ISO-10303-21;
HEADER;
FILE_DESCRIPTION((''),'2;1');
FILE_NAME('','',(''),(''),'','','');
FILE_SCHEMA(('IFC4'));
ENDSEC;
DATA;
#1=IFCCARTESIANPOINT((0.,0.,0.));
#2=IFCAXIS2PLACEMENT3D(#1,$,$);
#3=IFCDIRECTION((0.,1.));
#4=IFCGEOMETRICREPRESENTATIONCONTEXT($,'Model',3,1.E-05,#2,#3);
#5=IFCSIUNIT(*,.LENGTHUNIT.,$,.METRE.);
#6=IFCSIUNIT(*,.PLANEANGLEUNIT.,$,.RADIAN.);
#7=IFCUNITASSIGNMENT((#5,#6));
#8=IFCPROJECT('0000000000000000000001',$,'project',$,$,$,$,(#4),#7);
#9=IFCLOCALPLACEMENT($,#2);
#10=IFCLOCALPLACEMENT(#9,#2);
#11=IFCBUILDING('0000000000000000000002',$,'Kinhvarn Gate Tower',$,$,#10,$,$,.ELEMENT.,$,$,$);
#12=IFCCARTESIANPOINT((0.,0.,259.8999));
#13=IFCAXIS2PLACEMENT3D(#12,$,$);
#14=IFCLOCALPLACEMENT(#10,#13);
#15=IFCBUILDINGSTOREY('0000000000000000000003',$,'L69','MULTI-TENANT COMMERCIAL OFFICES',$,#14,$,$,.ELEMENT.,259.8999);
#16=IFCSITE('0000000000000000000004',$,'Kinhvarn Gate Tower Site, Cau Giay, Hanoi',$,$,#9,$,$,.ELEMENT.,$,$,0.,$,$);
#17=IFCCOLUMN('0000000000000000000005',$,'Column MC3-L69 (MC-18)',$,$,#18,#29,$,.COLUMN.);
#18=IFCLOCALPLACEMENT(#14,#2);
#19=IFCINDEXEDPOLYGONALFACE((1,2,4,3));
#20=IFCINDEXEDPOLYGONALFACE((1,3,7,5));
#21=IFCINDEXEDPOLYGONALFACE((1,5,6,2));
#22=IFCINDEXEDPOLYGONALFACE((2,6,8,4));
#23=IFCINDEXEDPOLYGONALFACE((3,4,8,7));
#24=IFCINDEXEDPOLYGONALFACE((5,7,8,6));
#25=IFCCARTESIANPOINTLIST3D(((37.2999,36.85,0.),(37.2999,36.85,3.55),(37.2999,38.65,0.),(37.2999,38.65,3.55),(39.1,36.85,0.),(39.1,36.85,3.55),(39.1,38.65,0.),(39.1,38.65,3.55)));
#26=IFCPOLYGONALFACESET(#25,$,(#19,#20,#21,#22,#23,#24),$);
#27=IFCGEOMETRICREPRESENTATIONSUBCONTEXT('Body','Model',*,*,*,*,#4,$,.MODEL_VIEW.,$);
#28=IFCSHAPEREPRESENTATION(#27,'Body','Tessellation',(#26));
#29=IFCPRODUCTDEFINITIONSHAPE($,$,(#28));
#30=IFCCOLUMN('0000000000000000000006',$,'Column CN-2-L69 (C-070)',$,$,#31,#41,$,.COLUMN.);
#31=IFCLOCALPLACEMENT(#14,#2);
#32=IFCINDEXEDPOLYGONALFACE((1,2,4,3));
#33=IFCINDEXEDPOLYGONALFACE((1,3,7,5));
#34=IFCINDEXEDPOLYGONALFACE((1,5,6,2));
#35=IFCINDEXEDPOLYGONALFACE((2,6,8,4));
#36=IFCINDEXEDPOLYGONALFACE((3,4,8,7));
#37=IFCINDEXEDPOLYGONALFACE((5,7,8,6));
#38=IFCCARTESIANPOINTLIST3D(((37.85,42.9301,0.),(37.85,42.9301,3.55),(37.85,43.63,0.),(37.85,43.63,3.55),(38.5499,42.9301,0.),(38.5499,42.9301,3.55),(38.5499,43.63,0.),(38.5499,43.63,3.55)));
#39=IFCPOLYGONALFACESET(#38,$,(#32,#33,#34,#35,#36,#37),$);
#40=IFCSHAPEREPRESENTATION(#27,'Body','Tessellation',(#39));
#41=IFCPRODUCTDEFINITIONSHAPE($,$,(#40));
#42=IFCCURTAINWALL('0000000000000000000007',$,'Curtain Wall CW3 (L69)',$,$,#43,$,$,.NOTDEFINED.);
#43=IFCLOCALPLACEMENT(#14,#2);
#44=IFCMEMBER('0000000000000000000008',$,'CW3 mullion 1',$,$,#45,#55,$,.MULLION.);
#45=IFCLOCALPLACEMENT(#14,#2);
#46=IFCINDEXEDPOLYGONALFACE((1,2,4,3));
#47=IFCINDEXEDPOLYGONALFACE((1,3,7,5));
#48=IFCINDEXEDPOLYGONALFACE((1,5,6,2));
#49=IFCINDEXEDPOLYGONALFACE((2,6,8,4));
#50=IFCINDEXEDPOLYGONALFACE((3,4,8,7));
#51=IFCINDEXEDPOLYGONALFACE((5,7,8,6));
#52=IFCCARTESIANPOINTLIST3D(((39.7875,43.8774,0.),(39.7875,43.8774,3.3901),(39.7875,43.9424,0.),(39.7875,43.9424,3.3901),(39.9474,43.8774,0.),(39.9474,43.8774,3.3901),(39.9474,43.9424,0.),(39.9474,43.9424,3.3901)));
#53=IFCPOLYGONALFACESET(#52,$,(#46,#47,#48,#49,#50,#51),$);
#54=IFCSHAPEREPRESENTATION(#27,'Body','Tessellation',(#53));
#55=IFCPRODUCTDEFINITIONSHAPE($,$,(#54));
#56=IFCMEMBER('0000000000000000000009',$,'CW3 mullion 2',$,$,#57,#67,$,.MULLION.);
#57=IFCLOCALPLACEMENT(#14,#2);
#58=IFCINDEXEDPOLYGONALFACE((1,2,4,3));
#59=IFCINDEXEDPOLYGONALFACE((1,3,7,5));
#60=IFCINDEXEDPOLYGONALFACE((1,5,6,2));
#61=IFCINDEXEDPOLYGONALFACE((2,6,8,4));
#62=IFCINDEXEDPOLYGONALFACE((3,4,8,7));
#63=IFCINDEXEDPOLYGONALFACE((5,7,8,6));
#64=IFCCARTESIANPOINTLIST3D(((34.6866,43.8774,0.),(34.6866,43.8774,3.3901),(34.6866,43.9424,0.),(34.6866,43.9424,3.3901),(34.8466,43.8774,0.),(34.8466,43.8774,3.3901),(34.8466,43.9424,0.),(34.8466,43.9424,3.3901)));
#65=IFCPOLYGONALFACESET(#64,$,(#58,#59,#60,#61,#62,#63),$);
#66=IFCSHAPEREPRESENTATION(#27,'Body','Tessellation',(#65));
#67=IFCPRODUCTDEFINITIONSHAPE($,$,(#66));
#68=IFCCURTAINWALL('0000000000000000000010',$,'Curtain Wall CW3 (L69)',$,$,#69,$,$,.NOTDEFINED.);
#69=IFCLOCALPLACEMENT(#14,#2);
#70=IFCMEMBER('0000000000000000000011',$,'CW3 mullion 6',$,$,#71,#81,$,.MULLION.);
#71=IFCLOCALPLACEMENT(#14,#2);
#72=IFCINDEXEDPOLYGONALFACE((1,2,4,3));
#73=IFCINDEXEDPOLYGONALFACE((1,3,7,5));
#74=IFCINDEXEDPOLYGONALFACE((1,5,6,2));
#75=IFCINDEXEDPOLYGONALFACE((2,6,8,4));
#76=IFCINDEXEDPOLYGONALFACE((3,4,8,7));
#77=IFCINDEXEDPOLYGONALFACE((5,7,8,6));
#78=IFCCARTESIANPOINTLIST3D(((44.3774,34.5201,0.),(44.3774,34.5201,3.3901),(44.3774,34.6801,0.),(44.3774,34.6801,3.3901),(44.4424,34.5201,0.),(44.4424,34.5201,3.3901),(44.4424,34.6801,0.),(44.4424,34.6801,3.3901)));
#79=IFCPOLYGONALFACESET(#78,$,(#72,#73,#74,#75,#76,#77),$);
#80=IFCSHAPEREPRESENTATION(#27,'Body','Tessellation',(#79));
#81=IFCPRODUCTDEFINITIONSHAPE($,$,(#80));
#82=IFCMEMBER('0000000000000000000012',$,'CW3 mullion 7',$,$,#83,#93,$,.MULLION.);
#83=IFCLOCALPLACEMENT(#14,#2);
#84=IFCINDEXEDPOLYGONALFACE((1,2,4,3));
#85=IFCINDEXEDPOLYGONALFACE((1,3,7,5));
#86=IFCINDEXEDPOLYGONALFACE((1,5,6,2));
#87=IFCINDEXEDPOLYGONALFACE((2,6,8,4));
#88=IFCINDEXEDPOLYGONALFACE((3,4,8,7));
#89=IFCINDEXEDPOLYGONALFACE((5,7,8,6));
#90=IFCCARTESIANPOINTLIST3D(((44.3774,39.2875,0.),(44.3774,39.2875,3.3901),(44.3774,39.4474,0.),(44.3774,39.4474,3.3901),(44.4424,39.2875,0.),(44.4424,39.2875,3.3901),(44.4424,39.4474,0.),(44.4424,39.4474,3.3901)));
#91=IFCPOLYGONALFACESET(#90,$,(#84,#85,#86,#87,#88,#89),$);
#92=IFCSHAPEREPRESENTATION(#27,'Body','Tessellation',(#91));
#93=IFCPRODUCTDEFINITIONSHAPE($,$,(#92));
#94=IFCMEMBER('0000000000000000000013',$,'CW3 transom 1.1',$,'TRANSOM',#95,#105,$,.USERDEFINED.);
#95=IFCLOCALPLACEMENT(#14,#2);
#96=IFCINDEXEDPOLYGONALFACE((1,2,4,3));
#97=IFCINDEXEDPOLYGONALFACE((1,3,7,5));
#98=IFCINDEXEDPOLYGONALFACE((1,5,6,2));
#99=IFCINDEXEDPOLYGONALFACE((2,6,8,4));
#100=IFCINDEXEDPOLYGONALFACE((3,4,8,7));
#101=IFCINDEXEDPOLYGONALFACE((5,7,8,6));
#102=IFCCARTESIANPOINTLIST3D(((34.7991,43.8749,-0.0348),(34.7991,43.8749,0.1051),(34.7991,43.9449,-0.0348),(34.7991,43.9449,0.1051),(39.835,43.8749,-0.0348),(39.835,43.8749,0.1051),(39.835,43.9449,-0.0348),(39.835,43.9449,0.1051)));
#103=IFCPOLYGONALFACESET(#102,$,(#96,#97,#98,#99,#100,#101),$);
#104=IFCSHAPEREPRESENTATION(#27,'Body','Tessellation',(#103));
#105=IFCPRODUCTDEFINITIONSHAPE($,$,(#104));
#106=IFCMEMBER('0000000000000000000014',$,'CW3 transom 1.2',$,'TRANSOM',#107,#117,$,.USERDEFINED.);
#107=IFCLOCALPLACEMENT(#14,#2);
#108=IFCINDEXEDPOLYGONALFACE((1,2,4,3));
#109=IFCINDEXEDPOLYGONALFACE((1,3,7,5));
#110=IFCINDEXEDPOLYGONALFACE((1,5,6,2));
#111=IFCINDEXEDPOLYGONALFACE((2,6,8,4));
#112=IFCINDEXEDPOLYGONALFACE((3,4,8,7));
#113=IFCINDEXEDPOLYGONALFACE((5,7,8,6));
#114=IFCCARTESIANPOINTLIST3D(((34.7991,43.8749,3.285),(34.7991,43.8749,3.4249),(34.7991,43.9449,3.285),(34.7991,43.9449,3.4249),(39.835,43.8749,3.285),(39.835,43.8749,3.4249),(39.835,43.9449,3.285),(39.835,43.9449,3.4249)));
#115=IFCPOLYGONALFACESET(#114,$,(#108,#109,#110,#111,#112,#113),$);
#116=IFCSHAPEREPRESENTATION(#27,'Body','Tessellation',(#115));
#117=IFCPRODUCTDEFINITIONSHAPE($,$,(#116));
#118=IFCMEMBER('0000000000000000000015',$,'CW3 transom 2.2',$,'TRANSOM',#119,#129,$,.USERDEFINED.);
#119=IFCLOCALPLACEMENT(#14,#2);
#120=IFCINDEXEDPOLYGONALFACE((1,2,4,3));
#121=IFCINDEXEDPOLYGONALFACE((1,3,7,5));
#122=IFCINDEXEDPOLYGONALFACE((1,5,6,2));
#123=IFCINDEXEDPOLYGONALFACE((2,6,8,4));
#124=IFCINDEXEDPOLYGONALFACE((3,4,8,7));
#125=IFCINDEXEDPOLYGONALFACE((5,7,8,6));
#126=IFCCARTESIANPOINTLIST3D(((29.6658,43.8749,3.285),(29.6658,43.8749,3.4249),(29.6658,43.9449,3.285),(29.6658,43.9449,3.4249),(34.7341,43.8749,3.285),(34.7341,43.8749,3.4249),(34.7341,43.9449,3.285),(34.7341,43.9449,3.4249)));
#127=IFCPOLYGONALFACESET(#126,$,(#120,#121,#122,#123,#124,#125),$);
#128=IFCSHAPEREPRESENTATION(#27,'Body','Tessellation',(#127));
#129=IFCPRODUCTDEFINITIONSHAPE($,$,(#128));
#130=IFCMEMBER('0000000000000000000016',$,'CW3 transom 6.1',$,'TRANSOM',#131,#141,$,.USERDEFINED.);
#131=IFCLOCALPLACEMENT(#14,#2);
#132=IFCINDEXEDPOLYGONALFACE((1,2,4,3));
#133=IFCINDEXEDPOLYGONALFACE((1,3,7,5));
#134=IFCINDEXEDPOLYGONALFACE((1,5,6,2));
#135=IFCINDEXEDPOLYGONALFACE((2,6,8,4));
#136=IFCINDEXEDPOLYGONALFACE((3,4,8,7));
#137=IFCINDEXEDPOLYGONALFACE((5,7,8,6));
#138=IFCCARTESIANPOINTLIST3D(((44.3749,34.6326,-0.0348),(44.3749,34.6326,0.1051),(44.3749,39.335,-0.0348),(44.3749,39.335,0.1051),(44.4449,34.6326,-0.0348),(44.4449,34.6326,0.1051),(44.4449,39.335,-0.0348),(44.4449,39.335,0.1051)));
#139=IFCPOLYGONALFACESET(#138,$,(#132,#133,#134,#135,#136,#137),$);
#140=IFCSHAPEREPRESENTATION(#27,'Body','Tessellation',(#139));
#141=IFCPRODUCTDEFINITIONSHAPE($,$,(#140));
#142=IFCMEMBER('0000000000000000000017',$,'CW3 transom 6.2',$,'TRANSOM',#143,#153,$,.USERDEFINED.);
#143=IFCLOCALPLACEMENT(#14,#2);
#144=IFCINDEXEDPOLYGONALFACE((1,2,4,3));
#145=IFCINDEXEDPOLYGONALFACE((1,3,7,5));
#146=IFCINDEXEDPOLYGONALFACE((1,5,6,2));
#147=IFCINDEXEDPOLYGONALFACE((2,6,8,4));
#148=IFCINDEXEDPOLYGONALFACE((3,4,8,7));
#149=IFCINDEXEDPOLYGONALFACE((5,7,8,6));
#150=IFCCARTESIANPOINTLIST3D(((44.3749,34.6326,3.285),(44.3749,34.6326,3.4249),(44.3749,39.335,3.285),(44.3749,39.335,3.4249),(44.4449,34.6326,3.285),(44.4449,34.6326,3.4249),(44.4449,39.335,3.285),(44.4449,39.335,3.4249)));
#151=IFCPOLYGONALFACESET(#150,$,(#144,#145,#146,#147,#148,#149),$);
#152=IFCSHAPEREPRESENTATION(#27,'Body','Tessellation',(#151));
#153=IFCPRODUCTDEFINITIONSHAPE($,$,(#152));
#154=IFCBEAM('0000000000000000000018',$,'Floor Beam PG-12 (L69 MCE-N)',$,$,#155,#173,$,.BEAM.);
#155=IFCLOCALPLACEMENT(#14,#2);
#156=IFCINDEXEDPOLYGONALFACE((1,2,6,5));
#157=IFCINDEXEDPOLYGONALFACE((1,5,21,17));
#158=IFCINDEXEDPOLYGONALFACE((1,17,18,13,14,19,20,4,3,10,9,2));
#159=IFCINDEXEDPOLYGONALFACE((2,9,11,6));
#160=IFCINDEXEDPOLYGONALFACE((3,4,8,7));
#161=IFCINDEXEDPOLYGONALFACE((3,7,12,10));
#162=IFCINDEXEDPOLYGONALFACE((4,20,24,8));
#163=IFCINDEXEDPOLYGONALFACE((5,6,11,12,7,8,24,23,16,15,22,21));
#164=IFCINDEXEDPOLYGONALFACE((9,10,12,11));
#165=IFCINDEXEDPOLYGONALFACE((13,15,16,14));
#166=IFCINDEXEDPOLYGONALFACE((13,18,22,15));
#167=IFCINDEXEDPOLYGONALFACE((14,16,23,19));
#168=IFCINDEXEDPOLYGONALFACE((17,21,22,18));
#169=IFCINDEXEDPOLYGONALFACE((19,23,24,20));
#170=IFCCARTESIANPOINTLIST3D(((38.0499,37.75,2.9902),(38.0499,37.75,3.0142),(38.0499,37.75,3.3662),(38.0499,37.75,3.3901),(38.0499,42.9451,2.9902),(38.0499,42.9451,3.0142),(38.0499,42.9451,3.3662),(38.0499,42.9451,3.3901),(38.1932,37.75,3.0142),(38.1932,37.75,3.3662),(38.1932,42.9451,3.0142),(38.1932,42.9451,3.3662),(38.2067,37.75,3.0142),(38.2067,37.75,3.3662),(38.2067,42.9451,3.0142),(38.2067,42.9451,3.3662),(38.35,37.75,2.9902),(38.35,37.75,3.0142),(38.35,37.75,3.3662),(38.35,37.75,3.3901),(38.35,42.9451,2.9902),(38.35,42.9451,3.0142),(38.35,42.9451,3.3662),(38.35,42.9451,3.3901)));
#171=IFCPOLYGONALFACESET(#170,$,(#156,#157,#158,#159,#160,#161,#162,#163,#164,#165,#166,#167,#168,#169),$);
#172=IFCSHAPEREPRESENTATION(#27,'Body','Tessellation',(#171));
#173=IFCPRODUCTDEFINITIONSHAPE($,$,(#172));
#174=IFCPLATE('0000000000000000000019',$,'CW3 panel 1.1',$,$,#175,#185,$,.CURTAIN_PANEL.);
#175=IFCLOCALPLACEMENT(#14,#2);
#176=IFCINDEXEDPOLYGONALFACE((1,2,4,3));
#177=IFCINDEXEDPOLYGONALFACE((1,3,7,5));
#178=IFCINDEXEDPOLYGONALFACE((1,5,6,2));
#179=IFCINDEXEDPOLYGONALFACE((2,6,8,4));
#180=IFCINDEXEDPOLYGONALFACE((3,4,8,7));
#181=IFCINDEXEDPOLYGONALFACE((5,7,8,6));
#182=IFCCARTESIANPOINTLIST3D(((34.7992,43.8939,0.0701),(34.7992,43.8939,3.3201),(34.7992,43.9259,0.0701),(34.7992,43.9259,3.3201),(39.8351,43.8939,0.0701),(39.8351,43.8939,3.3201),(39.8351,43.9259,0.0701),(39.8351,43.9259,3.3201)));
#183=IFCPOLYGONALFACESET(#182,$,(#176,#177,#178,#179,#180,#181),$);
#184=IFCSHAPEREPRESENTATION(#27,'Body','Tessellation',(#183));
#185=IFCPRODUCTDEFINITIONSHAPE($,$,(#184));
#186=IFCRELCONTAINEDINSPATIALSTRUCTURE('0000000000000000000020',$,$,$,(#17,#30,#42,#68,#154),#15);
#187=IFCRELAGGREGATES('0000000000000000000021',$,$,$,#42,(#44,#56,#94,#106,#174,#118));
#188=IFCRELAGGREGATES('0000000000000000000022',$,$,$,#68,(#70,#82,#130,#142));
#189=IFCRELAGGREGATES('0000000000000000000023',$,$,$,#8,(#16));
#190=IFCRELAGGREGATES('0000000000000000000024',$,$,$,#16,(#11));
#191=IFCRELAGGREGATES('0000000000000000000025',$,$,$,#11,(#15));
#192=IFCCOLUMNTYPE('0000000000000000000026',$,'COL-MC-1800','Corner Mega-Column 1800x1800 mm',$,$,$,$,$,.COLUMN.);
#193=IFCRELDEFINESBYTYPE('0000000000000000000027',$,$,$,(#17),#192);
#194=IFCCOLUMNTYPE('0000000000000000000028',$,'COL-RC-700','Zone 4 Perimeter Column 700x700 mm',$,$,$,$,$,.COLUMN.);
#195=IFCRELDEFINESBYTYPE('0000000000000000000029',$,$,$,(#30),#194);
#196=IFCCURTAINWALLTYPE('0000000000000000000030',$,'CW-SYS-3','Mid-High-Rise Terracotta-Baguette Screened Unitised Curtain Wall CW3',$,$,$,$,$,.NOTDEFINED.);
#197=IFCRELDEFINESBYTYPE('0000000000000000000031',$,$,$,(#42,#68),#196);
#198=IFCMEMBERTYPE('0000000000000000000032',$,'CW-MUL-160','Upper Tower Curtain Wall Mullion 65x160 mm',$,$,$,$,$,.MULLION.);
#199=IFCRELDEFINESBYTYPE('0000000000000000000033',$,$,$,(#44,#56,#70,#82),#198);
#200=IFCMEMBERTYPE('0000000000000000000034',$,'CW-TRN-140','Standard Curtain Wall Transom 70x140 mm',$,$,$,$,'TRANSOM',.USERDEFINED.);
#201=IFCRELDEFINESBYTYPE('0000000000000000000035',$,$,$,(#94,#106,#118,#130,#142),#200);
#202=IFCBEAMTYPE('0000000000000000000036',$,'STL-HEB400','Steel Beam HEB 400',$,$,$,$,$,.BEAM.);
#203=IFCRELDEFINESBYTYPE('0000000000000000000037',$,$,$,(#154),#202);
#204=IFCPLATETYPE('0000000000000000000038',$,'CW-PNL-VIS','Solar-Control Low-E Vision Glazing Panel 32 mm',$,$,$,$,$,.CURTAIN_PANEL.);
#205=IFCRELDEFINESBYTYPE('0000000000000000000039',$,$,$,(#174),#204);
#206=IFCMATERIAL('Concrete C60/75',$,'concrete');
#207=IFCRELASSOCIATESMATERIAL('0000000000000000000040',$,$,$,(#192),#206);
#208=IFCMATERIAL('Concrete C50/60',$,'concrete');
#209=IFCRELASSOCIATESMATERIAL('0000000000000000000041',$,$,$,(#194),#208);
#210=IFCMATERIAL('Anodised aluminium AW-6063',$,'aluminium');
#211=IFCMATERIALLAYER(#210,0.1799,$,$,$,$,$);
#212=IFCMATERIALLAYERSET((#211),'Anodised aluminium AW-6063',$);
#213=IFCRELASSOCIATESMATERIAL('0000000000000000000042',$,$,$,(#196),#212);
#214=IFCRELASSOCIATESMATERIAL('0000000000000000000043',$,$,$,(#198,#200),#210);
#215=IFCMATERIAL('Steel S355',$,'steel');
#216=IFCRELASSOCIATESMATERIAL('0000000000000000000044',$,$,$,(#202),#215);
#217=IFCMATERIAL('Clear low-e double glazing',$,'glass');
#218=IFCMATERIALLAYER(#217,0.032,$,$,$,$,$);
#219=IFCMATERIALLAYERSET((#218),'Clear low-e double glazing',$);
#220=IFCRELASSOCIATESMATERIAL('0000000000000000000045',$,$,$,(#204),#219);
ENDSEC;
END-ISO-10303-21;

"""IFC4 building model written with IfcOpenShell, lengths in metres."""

from ifc_helpers import new_model, si_unit, direction, frame, origin, origin_2d, place, context, subcontext, project, spatial, rectangle, i_section, extrude, material, layer, layer_set, material_profile, profile_set, type_object, element, aggregate, save


model = new_model("IFC4")

# Units and contexts
model_context = context("Model", 3, precision=1e-05, world=origin(), true_north=direction((0.0, 1.0)))
body_context = subcontext(model_context, "Body", "Model", "MODEL_VIEW")
ifc_project = project(units=[si_unit("LENGTHUNIT", "METRE"), si_unit("PLANEANGLEUNIT", "RADIAN")], contexts=[model_context])

# Site, building, storey
site_placement = place(None, origin())
site = spatial("IfcSite", under=ifc_project, at=site_placement, Name="Kinhvarn Gate Tower Site, Cau Giay, Hanoi", CompositionType="ELEMENT", RefElevation=0.0)
building_placement = place(site_placement, origin())
building = spatial("IfcBuilding", under=site, at=building_placement, Name="Kinhvarn Gate Tower", CompositionType="ELEMENT")
storey_placement = place(building_placement, frame((0.0, 0.0, 259.8999)))
storey = spatial("IfcBuildingStorey", under=building, at=storey_placement, Name="L69", Description="MULTI-TENANT COMMERCIAL OFFICES", CompositionType="ELEMENT", Elevation=259.8999)

# Columns
ifc_material_1 = material(Name="Concrete C60/75", Category="concrete")
ifc_material_profile_1 = material_profile(ifc_material_1, rectangle(XDim=1.8, YDim=1.8, at=origin_2d()), Name="RC 1800x1800")
ifc_profile_set_1 = profile_set([ifc_material_profile_1], Name="Concrete C60/75")
column_type_1 = type_object("IfcColumnType", Name="COL-MC-1800", Description="Corner Mega-Column 1800x1800 mm", PredefinedType="COLUMN", material=ifc_profile_set_1)
column_1_placement = place(storey_placement, frame((38.2, 37.75, 0.0), z_axis=(0.0, 0.0, 1.0), x_axis=(1.0, 0.0, 0.0)))
element("IfcColumn", 1, at=column_1_placement, inside=storey, type_object=column_type_1, Name="Column MC3-L69 (MC-18)", PredefinedType="COLUMN", context=body_context, shape_type="SweptSolid", body=[
    extrude(rectangle(XDim=1.8, YDim=1.8, at=origin_2d()), origin(), (0.0, 0.0, 1.0), 3.55),
])
ifc_material_2 = material(Name="Concrete C50/60", Category="concrete")
ifc_material_profile_2 = material_profile(ifc_material_2, rectangle(XDim=0.7, YDim=0.7, at=origin_2d()), Name="RC 700x700")
ifc_profile_set_2 = profile_set([ifc_material_profile_2], Name="Concrete C50/60")
column_type_2 = type_object("IfcColumnType", Name="COL-RC-700", Description="Zone 4 Perimeter Column 700x700 mm", PredefinedType="COLUMN", material=ifc_profile_set_2)
column_2_placement = place(storey_placement, frame((38.2, 43.28, 0.0), z_axis=(0.0, 0.0, 1.0), x_axis=(1.0, 0.0, 0.0)))
element("IfcColumn", 2, at=column_2_placement, inside=storey, type_object=column_type_2, Name="Column CN-2-L69 (C-070)", PredefinedType="COLUMN", context=body_context, shape_type="SweptSolid", body=[
    extrude(rectangle(XDim=0.7, YDim=0.7, at=origin_2d()), origin(), (0.0, 0.0, 1.0), 3.55),
])

# Curtain walls, members
ifc_material_3 = material(Name="Anodised aluminium AW-6063", Category="aluminium")
ifc_layer_1 = layer(ifc_material_3, 0.1799)
ifc_layer_set_1 = layer_set([ifc_layer_1], Name="Anodised aluminium AW-6063")
curtain_wall_type = type_object("IfcCurtainWallType", Name="CW-SYS-3", Description="Mid-High-Rise Terracotta-Baguette Screened Unitised Curtain Wall CW3", PredefinedType="NOTDEFINED", material=ifc_layer_set_1)
curtain_wall_1_placement = place(storey_placement, origin())
curtain_wall_1 = element("IfcCurtainWall", 3, at=curtain_wall_1_placement, inside=storey, type_object=curtain_wall_type, Name="Curtain Wall CW3 (L69)", PredefinedType="NOTDEFINED")
ifc_material_profile_3 = material_profile(ifc_material_3, rectangle(XDim=0.0649, YDim=0.1599, at=origin_2d()), Name="ALU 65x160")
ifc_profile_set_3 = profile_set([ifc_material_profile_3], Name="Anodised aluminium AW-6063")
member_type_1 = type_object("IfcMemberType", Name="CW-MUL-160", Description="Upper Tower Curtain Wall Mullion 65x160 mm", PredefinedType="MULLION", material=ifc_profile_set_3)
member_1_placement = place(storey_placement, frame((39.8674, 43.9099, 0.0), z_axis=(0.0, 0.0, 1.0), x_axis=(0.0, -1.0, 0.0)))
member_1 = element("IfcMember", 4, at=member_1_placement, type_object=member_type_1, Name="CW3 mullion 1", PredefinedType="MULLION", context=body_context, shape_type="SweptSolid", body=[
    extrude(rectangle(XDim=0.0649, YDim=0.1599, at=origin_2d()), origin(), (0.0, 0.0, 1.0), 3.3901),
])
member_2_placement = place(storey_placement, frame((34.7666, 43.9099, 0.0), z_axis=(0.0, 0.0, 1.0), x_axis=(0.0, -1.0, 0.0)))
member_2 = element("IfcMember", 5, at=member_2_placement, type_object=member_type_1, Name="CW3 mullion 2", PredefinedType="MULLION", context=body_context, shape_type="SweptSolid", body=[
    extrude(rectangle(XDim=0.0649, YDim=0.1599, at=origin_2d()), origin(), (0.0, 0.0, 1.0), 3.3901),
])
curtain_wall_2_placement = place(storey_placement, origin())
curtain_wall_2 = element("IfcCurtainWall", 6, at=curtain_wall_2_placement, inside=storey, type_object=curtain_wall_type, Name="Curtain Wall CW3 (L69)", PredefinedType="NOTDEFINED")
member_3_placement = place(storey_placement, frame((44.4099, 34.6001, 0.0), z_axis=(0.0, 0.0, 1.0), x_axis=(-1.0, 0.0, 0.0)))
member_3 = element("IfcMember", 7, at=member_3_placement, type_object=member_type_1, Name="CW3 mullion 6", PredefinedType="MULLION", context=body_context, shape_type="SweptSolid", body=[
    extrude(rectangle(XDim=0.0649, YDim=0.1599, at=origin_2d()), origin(), (0.0, 0.0, 1.0), 3.3901),
])
member_4_placement = place(storey_placement, frame((44.4099, 39.3674, 0.0), z_axis=(0.0, 0.0, 1.0), x_axis=(-1.0, 0.0, 0.0)))
member_4 = element("IfcMember", 8, at=member_4_placement, type_object=member_type_1, Name="CW3 mullion 7", PredefinedType="MULLION", context=body_context, shape_type="SweptSolid", body=[
    extrude(rectangle(XDim=0.0649, YDim=0.1599, at=origin_2d()), origin(), (0.0, 0.0, 1.0), 3.3901),
])

# Members
ifc_material_profile_4 = material_profile(ifc_material_3, rectangle(XDim=0.0701, YDim=0.1399, at=origin_2d()), Name="ALU 70x140")
ifc_profile_set_4 = profile_set([ifc_material_profile_4], Name="Anodised aluminium AW-6063")
member_type_2 = type_object("IfcMemberType", Name="CW-TRN-140", Description="Standard Curtain Wall Transom 70x140 mm", ElementType="TRANSOM", PredefinedType="USERDEFINED", material=ifc_profile_set_4)
member_5_placement = place(storey_placement, frame((39.835, 43.9099, 0.0352), z_axis=(-1.0, 0.0, 0.0), x_axis=(0.0, -1.0, 0.0)))
member_5 = element("IfcMember", 9, at=member_5_placement, type_object=member_type_2, Name="CW3 transom 1.1", ObjectType="TRANSOM", PredefinedType="USERDEFINED", context=body_context, shape_type="SweptSolid", body=[
    extrude(rectangle(XDim=0.0701, YDim=0.1399, at=origin_2d()), origin(), (0.0, 0.0, 1.0), 5.0359),
])
member_6_placement = place(storey_placement, frame((39.835, 43.9099, 3.355), z_axis=(-1.0, 0.0, 0.0), x_axis=(0.0, -1.0, 0.0)))
member_6 = element("IfcMember", 10, at=member_6_placement, type_object=member_type_2, Name="CW3 transom 1.2", ObjectType="TRANSOM", PredefinedType="USERDEFINED", context=body_context, shape_type="SweptSolid", body=[
    extrude(rectangle(XDim=0.0701, YDim=0.1399, at=origin_2d()), origin(), (0.0, 0.0, 1.0), 5.0359),
])
member_7_placement = place(storey_placement, frame((34.7341, 43.9099, 3.355), z_axis=(-1.0, 0.0, 0.0), x_axis=(0.0, -1.0, 0.0)))
member_7 = element("IfcMember", 11, at=member_7_placement, type_object=member_type_2, Name="CW3 transom 2.2", ObjectType="TRANSOM", PredefinedType="USERDEFINED", context=body_context, shape_type="SweptSolid", body=[
    extrude(rectangle(XDim=0.0701, YDim=0.1399, at=origin_2d()), origin(), (0.0, 0.0, 1.0), 5.0684),
])
member_8_placement = place(storey_placement, frame((44.4099, 34.6326, 0.0352), z_axis=(0.0, 1.0, 0.0), x_axis=(-1.0, 0.0, 0.0)))
member_8 = element("IfcMember", 12, at=member_8_placement, type_object=member_type_2, Name="CW3 transom 6.1", ObjectType="TRANSOM", PredefinedType="USERDEFINED", context=body_context, shape_type="SweptSolid", body=[
    extrude(rectangle(XDim=0.0701, YDim=0.1399, at=origin_2d()), origin(), (0.0, 0.0, 1.0), 4.7024),
])
member_9_placement = place(storey_placement, frame((44.4099, 34.6326, 3.355), z_axis=(0.0, 1.0, 0.0), x_axis=(-1.0, 0.0, 0.0)))
member_9 = element("IfcMember", 13, at=member_9_placement, type_object=member_type_2, Name="CW3 transom 6.2", ObjectType="TRANSOM", PredefinedType="USERDEFINED", context=body_context, shape_type="SweptSolid", body=[
    extrude(rectangle(XDim=0.0701, YDim=0.1399, at=origin_2d()), origin(), (0.0, 0.0, 1.0), 4.7024),
])

# Beam
ifc_material_4 = material(Name="Steel S355", Category="steel")
ifc_material_profile_5 = material_profile(ifc_material_4, i_section(OverallWidth=0.3, OverallDepth=0.3999, WebThickness=0.0134, FlangeThickness=0.0239, at=origin_2d()), Name="HEB 400")
ifc_profile_set_5 = profile_set([ifc_material_profile_5], Name="Steel S355")
beam_type = type_object("IfcBeamType", Name="STL-HEB400", Description="Steel Beam HEB 400", PredefinedType="BEAM", material=ifc_profile_set_5)
beam_placement = place(storey_placement, frame((38.2, 37.75, 3.1902), z_axis=(0.0, 1.0, 0.0), x_axis=(-1.0, 0.0, 0.0)))
element("IfcBeam", 14, at=beam_placement, inside=storey, type_object=beam_type, Name="Floor Beam PG-12 (L69 MCE-N)", PredefinedType="BEAM", context=body_context, shape_type="SweptSolid", body=[
    extrude(i_section(OverallWidth=0.3, OverallDepth=0.3999, WebThickness=0.0134, FlangeThickness=0.0239, at=origin_2d()), origin(), (0.0, 0.0, 1.0), 5.1951),
])

# Plate
ifc_material_5 = material(Name="Clear low-e double glazing", Category="glass")
ifc_layer_2 = layer(ifc_material_5, 0.032)
ifc_layer_set_2 = layer_set([ifc_layer_2], Name="Clear low-e double glazing")
plate_type = type_object("IfcPlateType", Name="CW-PNL-VIS", Description="Solar-Control Low-E Vision Glazing Panel 32 mm", PredefinedType="CURTAIN_PANEL", material=ifc_layer_set_2)
plate_1_placement = place(storey_placement, frame((37.3171, 43.9099, 0.0701), z_axis=(0.0, 0.0, 1.0), x_axis=(-1.0, 0.0, 0.0)))
plate_1 = element("IfcPlate", 15, at=plate_1_placement, type_object=plate_type, Name="CW3 panel 1.1", PredefinedType="CURTAIN_PANEL", context=body_context, shape_type="SweptSolid", body=[
    extrude(rectangle(XDim=5.0359, YDim=0.032, at=origin_2d()), origin(), (0.0, 0.0, 1.0), 3.25),
])
aggregate(curtain_wall_1, [member_1, member_2, member_5, member_6, plate_1, member_7])
aggregate(curtain_wall_2, [member_3, member_4, member_8, member_9])

save(model, "model.ifc")
